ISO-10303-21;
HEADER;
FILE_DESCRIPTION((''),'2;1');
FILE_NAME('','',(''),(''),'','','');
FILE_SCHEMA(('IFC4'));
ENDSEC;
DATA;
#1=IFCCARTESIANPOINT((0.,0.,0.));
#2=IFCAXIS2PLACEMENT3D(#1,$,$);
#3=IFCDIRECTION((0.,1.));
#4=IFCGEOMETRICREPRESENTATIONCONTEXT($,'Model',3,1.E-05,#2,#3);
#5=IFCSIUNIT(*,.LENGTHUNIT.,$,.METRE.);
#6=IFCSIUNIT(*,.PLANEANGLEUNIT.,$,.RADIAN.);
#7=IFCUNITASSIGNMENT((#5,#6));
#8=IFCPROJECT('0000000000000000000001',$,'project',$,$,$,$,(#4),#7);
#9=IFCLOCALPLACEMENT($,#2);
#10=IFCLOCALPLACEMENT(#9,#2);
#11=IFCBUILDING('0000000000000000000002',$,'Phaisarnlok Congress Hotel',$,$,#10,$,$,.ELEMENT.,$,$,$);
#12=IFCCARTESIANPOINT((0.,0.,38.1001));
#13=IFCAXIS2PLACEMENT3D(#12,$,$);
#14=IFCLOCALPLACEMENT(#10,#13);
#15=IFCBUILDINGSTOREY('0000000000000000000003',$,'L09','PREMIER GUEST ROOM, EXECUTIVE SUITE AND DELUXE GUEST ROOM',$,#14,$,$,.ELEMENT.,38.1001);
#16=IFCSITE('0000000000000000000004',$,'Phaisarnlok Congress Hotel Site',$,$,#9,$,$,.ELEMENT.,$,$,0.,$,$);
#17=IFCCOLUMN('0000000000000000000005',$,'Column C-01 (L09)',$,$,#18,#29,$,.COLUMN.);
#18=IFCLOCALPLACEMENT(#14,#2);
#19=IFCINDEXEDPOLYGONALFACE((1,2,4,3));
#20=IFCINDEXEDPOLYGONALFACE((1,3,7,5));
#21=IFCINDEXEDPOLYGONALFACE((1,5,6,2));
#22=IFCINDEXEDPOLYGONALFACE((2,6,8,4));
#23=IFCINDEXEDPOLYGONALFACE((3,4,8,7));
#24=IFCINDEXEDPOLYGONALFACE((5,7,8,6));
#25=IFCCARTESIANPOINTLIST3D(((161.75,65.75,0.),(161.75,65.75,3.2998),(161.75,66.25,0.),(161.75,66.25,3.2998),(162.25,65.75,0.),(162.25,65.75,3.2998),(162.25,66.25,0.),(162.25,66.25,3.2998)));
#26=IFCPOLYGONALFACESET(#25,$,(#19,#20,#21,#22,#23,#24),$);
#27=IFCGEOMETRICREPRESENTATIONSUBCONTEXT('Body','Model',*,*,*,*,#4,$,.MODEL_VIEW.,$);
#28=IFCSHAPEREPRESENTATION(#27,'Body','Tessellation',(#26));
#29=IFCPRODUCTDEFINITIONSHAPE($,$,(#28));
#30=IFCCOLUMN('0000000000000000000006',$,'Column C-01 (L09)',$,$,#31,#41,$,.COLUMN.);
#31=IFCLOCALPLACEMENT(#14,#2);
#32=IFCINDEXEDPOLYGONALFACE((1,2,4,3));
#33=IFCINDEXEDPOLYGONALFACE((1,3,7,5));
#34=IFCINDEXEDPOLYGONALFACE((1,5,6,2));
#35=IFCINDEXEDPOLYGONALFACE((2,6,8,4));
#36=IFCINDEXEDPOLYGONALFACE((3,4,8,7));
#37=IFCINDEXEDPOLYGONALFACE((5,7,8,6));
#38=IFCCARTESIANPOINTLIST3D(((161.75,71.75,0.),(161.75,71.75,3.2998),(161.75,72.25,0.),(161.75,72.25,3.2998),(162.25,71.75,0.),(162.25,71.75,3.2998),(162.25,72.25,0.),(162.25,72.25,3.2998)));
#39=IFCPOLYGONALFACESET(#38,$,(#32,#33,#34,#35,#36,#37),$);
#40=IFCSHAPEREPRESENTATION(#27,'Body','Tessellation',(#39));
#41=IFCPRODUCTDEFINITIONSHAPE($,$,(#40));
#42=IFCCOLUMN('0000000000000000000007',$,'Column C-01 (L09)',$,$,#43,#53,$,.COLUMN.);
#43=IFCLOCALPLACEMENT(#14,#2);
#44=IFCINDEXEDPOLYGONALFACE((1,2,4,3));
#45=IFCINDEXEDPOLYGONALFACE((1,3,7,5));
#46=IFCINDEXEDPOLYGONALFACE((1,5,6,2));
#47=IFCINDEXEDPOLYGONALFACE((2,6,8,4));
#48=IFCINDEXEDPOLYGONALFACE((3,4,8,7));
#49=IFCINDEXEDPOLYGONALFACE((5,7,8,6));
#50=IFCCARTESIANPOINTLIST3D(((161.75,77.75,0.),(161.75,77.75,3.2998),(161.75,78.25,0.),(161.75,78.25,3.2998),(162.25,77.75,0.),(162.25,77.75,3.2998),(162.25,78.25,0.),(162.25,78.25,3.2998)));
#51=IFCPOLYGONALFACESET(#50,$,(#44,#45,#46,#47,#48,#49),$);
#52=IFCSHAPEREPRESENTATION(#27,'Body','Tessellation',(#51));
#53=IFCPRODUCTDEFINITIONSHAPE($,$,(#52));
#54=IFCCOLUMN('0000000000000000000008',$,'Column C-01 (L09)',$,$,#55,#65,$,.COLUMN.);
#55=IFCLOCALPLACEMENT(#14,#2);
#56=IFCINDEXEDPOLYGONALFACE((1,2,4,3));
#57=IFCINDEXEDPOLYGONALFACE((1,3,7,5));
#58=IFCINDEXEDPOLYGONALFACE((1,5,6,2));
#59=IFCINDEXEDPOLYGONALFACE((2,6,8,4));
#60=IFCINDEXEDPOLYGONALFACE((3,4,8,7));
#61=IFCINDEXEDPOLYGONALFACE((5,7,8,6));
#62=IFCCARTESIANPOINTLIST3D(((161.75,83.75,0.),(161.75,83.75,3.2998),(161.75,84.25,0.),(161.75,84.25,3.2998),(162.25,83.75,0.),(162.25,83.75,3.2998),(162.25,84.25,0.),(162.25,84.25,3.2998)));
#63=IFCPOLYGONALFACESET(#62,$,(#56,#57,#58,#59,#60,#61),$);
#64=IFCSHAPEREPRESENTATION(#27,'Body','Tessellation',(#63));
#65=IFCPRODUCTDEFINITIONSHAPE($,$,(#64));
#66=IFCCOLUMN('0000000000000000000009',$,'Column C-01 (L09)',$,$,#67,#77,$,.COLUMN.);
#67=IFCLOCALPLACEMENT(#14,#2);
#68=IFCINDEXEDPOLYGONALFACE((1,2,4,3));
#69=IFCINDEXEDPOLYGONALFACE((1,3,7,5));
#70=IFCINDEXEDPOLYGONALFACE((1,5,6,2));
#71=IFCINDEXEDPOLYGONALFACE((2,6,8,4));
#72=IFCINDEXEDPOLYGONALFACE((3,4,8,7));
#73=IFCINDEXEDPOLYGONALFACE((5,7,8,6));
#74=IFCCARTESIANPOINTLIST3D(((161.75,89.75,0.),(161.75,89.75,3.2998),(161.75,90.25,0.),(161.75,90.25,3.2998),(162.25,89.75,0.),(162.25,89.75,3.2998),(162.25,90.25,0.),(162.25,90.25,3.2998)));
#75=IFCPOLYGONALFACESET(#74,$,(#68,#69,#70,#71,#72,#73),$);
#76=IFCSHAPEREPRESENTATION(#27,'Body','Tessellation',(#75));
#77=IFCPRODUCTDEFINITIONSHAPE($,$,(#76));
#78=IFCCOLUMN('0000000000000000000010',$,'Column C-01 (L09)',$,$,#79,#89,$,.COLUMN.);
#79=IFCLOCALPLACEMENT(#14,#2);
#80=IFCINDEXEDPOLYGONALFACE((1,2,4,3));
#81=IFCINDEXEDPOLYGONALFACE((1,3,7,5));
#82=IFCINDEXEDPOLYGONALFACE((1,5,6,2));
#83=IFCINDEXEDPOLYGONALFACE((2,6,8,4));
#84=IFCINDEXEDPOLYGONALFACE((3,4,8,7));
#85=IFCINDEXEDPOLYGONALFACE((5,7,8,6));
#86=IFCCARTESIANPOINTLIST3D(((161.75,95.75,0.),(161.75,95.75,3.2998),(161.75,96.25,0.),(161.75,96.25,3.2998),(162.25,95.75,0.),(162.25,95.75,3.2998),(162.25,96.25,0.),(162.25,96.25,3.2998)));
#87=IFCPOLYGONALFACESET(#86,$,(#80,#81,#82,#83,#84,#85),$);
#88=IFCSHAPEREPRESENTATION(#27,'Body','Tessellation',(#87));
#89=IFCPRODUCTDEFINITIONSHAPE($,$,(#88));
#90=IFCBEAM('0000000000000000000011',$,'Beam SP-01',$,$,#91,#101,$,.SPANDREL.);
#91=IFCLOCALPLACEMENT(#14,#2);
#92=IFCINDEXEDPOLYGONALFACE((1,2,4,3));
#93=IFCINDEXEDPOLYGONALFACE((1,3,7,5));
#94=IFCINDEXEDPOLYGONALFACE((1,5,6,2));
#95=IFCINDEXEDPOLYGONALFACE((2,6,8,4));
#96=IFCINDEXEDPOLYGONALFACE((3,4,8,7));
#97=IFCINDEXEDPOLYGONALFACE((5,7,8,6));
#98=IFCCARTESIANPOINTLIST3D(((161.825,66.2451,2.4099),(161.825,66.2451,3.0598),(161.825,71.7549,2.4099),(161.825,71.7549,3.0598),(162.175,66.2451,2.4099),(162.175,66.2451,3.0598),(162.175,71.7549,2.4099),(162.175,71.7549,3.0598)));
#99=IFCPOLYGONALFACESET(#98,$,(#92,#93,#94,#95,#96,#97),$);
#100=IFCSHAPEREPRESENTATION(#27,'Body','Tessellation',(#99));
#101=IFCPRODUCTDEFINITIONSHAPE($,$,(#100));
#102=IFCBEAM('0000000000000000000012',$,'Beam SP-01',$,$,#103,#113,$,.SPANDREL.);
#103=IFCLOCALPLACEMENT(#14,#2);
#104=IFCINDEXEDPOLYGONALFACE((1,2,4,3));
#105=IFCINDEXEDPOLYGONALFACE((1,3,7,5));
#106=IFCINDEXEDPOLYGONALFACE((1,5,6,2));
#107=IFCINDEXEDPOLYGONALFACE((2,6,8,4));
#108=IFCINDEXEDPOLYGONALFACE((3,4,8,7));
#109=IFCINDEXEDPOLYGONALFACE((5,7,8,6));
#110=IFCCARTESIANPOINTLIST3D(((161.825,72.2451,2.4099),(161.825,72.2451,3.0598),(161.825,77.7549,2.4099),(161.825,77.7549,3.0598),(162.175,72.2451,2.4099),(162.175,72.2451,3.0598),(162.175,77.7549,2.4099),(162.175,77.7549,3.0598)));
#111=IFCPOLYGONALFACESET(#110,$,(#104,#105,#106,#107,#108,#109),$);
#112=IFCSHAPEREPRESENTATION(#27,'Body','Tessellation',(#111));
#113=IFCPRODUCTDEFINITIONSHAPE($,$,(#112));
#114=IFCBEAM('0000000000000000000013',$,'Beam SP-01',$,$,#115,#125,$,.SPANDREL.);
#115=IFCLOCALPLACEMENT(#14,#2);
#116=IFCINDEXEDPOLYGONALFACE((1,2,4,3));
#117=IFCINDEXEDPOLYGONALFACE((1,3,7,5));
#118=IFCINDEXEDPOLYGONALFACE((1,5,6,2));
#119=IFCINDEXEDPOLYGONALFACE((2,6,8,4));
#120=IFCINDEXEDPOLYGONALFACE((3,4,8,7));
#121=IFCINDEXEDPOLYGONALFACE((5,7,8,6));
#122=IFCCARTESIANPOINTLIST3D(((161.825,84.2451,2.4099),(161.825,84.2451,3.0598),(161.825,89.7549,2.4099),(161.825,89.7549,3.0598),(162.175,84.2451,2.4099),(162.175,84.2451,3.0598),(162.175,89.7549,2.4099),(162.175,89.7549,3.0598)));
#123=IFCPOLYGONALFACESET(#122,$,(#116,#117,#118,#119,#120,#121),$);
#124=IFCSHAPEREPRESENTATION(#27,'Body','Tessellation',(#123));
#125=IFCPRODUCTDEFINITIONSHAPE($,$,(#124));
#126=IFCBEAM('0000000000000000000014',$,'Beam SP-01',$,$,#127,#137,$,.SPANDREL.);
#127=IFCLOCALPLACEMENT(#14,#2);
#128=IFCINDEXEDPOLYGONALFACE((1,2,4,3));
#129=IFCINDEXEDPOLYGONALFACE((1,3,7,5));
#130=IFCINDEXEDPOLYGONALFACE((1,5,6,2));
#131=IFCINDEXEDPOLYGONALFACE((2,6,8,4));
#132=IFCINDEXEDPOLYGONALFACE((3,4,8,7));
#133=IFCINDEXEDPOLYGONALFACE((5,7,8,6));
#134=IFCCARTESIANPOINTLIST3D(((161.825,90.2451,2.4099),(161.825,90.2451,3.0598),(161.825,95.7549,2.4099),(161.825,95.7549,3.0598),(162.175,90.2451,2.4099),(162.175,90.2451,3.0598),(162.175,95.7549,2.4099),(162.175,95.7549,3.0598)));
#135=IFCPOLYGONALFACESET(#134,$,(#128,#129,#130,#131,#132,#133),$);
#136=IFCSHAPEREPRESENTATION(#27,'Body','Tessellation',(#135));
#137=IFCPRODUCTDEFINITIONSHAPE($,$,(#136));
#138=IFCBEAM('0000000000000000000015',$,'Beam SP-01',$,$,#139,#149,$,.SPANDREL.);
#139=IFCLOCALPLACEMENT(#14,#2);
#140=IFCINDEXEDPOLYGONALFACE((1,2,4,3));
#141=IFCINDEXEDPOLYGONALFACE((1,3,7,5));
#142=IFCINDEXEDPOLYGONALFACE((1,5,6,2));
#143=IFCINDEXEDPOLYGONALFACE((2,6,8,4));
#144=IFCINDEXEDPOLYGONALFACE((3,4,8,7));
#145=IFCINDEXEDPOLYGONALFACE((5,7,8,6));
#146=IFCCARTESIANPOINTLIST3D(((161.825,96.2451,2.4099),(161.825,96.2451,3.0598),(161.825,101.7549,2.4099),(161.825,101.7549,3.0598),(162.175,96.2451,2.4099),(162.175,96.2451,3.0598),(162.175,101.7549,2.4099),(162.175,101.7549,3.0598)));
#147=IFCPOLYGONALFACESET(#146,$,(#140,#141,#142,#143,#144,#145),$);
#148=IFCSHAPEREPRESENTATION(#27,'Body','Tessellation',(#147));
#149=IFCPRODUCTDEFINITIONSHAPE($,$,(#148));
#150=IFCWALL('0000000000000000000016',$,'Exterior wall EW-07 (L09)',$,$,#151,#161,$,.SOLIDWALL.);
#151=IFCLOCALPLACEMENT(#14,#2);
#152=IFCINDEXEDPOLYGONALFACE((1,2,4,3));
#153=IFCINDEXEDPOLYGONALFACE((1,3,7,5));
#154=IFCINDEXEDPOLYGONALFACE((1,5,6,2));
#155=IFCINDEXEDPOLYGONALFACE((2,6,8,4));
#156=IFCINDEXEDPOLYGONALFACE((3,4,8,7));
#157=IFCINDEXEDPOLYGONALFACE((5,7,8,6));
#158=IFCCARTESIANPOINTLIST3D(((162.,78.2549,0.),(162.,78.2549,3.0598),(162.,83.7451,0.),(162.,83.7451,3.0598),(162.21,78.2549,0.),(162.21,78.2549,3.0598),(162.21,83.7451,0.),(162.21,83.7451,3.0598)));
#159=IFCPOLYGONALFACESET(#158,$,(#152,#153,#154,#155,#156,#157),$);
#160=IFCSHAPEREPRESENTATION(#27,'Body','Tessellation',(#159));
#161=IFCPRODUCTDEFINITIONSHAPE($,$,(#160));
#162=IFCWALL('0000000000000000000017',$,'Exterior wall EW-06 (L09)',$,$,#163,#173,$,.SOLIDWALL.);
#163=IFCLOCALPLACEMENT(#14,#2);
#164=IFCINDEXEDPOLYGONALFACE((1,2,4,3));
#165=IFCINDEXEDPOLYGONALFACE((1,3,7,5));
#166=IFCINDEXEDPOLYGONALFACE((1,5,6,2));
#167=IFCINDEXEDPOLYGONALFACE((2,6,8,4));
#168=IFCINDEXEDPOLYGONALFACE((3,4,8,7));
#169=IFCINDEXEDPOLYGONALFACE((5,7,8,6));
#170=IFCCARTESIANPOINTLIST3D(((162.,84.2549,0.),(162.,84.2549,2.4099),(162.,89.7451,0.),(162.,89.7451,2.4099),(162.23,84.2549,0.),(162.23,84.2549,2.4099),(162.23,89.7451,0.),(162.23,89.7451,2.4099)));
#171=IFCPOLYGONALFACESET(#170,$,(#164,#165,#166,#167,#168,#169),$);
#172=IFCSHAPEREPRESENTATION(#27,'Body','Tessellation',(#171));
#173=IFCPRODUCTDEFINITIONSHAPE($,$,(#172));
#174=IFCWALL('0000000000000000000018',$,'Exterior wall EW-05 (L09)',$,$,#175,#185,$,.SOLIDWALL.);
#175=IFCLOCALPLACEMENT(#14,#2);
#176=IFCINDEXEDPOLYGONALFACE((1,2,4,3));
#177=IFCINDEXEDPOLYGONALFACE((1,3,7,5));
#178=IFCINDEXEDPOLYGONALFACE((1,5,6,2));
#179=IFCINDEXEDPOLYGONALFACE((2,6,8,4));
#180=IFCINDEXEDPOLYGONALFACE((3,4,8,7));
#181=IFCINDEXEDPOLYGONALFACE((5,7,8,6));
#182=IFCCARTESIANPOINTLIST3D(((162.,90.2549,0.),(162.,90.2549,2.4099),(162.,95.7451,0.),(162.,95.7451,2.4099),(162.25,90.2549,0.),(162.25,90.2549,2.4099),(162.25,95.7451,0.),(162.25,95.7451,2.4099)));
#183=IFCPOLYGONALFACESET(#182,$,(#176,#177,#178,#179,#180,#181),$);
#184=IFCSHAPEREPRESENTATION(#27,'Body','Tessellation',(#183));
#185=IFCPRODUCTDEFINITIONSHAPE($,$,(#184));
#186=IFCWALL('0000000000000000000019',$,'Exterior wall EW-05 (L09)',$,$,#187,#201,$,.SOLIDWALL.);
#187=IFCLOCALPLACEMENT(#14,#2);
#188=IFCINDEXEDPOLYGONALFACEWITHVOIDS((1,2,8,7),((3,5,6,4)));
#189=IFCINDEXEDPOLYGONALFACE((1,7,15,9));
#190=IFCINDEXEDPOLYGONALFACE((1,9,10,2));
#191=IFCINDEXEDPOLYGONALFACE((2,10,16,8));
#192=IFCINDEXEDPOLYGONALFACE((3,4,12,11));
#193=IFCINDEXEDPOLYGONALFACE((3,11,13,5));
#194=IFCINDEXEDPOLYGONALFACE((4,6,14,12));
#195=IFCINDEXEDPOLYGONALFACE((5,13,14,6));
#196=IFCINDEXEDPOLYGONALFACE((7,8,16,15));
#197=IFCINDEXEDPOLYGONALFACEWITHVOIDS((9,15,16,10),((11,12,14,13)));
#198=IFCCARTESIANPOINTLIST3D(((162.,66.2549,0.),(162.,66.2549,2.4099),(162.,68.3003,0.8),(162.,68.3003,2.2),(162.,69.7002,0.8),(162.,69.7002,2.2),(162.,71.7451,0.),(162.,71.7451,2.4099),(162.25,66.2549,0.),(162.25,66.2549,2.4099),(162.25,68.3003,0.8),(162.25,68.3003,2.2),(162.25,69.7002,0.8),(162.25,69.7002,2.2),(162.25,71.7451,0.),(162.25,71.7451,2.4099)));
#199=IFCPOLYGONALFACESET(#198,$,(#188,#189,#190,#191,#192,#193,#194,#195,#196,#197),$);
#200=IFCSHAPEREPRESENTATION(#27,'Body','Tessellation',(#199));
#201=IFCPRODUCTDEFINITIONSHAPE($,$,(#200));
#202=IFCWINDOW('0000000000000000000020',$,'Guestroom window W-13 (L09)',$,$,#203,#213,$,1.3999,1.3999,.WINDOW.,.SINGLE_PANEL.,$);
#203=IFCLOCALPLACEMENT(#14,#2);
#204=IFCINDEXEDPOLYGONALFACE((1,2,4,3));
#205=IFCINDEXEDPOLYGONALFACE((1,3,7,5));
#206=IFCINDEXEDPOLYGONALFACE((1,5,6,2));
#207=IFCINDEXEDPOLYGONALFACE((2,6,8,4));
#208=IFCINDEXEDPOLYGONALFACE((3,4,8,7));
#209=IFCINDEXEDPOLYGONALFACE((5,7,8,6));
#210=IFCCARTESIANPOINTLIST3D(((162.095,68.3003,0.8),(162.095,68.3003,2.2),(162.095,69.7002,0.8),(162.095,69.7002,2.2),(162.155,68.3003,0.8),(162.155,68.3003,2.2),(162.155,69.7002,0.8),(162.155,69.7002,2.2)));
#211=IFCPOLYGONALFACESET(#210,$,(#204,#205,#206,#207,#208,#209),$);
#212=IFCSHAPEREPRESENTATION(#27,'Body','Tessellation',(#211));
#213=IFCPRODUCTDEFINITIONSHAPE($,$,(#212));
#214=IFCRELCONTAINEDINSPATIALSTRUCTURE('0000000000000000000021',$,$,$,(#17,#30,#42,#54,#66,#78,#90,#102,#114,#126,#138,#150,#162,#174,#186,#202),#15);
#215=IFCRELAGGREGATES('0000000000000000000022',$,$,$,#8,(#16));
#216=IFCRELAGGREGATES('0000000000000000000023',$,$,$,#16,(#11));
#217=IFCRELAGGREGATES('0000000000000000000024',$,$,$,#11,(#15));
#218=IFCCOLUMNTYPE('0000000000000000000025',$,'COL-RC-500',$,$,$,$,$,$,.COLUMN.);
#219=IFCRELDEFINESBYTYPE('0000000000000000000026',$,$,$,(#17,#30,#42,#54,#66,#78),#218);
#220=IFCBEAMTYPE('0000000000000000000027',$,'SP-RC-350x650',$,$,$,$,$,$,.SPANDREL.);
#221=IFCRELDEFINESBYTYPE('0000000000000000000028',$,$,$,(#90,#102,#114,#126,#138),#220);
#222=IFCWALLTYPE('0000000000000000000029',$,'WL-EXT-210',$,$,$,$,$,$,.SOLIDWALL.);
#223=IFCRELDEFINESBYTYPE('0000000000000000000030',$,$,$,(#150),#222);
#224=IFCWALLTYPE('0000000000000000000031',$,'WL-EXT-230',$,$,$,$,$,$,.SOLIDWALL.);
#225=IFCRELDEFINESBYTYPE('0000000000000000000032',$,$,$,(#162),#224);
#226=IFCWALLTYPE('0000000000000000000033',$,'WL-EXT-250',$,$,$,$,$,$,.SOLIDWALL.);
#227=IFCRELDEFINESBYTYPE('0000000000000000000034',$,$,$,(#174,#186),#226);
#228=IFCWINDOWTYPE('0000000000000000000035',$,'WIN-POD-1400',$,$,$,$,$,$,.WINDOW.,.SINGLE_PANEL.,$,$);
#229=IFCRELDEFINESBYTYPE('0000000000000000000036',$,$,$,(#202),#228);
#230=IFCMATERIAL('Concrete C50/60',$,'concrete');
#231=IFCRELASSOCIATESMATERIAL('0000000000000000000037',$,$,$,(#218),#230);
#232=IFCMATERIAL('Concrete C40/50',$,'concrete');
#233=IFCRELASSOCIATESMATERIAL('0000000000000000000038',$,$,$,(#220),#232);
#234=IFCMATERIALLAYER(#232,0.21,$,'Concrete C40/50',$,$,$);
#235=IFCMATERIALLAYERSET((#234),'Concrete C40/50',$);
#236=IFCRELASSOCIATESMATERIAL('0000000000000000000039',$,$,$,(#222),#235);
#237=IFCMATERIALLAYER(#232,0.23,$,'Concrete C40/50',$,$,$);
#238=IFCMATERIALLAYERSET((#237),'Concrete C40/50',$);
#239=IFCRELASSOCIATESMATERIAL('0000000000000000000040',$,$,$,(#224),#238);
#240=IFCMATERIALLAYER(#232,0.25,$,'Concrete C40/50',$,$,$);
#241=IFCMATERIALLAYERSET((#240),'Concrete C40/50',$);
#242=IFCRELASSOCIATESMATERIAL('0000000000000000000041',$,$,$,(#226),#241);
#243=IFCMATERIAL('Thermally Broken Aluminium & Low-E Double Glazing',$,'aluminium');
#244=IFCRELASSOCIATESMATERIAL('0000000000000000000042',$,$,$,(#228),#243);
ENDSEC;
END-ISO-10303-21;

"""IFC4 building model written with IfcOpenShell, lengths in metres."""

from ifc_helpers import new_model, si_unit, direction, frame, frame_2d, origin, origin_2d, place, context, subcontext, project, spatial, rectangle, extrude, material, layer, layer_set, material_profile, profile_set, type_object, element, fill, save


model = new_model("IFC4")

# Units and contexts
model_context = context("Model", 3, precision=1e-05, world=origin(), true_north=direction((0.0, 1.0)))
body_context = subcontext(model_context, "Body", "Model", "MODEL_VIEW")
ifc_project = project(units=[si_unit("LENGTHUNIT", "METRE"), si_unit("PLANEANGLEUNIT", "RADIAN")], contexts=[model_context])

# Site, building, storey
site_placement = place(None, origin())
site = spatial("IfcSite", under=ifc_project, at=site_placement, Name="Phaisarnlok Congress Hotel Site", CompositionType="ELEMENT", RefElevation=0.0)
building_placement = place(site_placement, origin())
building = spatial("IfcBuilding", under=site, at=building_placement, Name="Phaisarnlok Congress Hotel", CompositionType="ELEMENT")
storey_placement = place(building_placement, frame((0.0, 0.0, 38.1001)))
storey = spatial("IfcBuildingStorey", under=building, at=storey_placement, Name="L09", Description="PREMIER GUEST ROOM, EXECUTIVE SUITE AND DELUXE GUEST ROOM", CompositionType="ELEMENT", Elevation=38.1001)

# Columns
ifc_material_1 = material(Name="Concrete C50/60", Category="concrete")
ifc_material_profile_1 = material_profile(ifc_material_1, rectangle(XDim=0.5, YDim=0.5, at=origin_2d()), Name="RC 500x500")
ifc_profile_set_1 = profile_set([ifc_material_profile_1], Name="Concrete C50/60")
column_type = type_object("IfcColumnType", Name="COL-RC-500", PredefinedType="COLUMN", material=ifc_profile_set_1)
for number, where, z_axis, x_axis, name in (
    (1, (162.0, 66.0, 0.0), (0.0, 0.0, 1.0), (1.0, 0.0, 0.0), "Column C-01 (L09)"),
    (2, (162.0, 72.0, 0.0), (0.0, 0.0, 1.0), (1.0, 0.0, 0.0), "Column C-01 (L09)"),
    (3, (162.0, 78.0, 0.0), (0.0, 0.0, 1.0), (1.0, 0.0, 0.0), "Column C-01 (L09)"),
    (4, (162.0, 84.0, 0.0), (0.0, 0.0, 1.0), (1.0, 0.0, 0.0), "Column C-01 (L09)"),
    (5, (162.0, 90.0, 0.0), (0.0, 0.0, 1.0), (1.0, 0.0, 0.0), "Column C-01 (L09)"),
    (6, (162.0, 96.0, 0.0), (0.0, 0.0, 1.0), (1.0, 0.0, 0.0), "Column C-01 (L09)"),
):
    element("IfcColumn", number, at=place(storey_placement, frame(where, z_axis=z_axis, x_axis=x_axis)), inside=storey, type_object=column_type, Name=name, PredefinedType="COLUMN", context=body_context, shape_type="SweptSolid", body=[
        extrude(rectangle(XDim=0.5, YDim=0.5, at=origin_2d()), origin(), (0.0, 0.0, 1.0), 3.2998),
    ])

# Beams
ifc_material_2 = material(Name="Concrete C40/50", Category="concrete")
ifc_material_profile_2 = material_profile(ifc_material_2, rectangle(XDim=0.3501, YDim=0.6499, at=origin_2d()), Name="RC 350x650")
ifc_profile_set_2 = profile_set([ifc_material_profile_2], Name="Concrete C40/50")
beam_type = type_object("IfcBeamType", Name="SP-RC-350x650", PredefinedType="SPANDREL", material=ifc_profile_set_2)
for number, where, z_axis, x_axis, name in (
    (7, (162.0, 66.2451, 2.7349), (0.0, 1.0, 0.0), (-1.0, 0.0, 0.0), "Beam SP-01"),
    (8, (162.0, 72.2451, 2.7349), (0.0, 1.0, 0.0), (-1.0, 0.0, 0.0), "Beam SP-01"),
    (9, (162.0, 84.2451, 2.7349), (0.0, 1.0, 0.0), (-1.0, 0.0, 0.0), "Beam SP-01"),
    (10, (162.0, 90.2451, 2.7349), (0.0, 1.0, 0.0), (-1.0, 0.0, 0.0), "Beam SP-01"),
    (11, (162.0, 96.2451, 2.7349), (0.0, 1.0, 0.0), (-1.0, 0.0, 0.0), "Beam SP-01"),
):
    element("IfcBeam", number, at=place(storey_placement, frame(where, z_axis=z_axis, x_axis=x_axis)), inside=storey, type_object=beam_type, Name=name, PredefinedType="SPANDREL", context=body_context, shape_type="SweptSolid", body=[
        extrude(rectangle(XDim=0.3501, YDim=0.6499, at=origin_2d()), origin(), (0.0, 0.0, 1.0), 5.5098),
    ])

# Walls
ifc_layer_1 = layer(ifc_material_2, 0.21, Name="Concrete C40/50")
ifc_layer_set_1 = layer_set([ifc_layer_1], Name="Concrete C40/50")
wall_type_1 = type_object("IfcWallType", Name="WL-EXT-210", PredefinedType="SOLIDWALL", material=ifc_layer_set_1)
wall_1_placement = place(storey_placement, frame((162.105, 83.7451, 0.0), z_axis=(0.0, 0.0, 1.0), x_axis=(0.0, -1.0, 0.0)))
element("IfcWall", 12, at=wall_1_placement, inside=storey, type_object=wall_type_1, Name="Exterior wall EW-07 (L09)", PredefinedType="SOLIDWALL", context=body_context, shape_type="SweptSolid", body=[
    extrude(rectangle(XDim=5.4902, YDim=0.21, at=frame_2d((2.7451, 0.0))), origin(), (0.0, 0.0, 1.0), 3.0598),
])
ifc_layer_2 = layer(ifc_material_2, 0.23, Name="Concrete C40/50")
ifc_layer_set_2 = layer_set([ifc_layer_2], Name="Concrete C40/50")
wall_type_2 = type_object("IfcWallType", Name="WL-EXT-230", PredefinedType="SOLIDWALL", material=ifc_layer_set_2)
wall_2_placement = place(storey_placement, frame((162.115, 89.7451, 0.0), z_axis=(0.0, 0.0, 1.0), x_axis=(0.0, -1.0, 0.0)))
element("IfcWall", 13, at=wall_2_placement, inside=storey, type_object=wall_type_2, Name="Exterior wall EW-06 (L09)", PredefinedType="SOLIDWALL", context=body_context, shape_type="SweptSolid", body=[
    extrude(rectangle(XDim=5.4902, YDim=0.23, at=frame_2d((2.7451, 0.0))), origin(), (0.0, 0.0, 1.0), 2.4099),
])
ifc_layer_3 = layer(ifc_material_2, 0.25, Name="Concrete C40/50")
ifc_layer_set_3 = layer_set([ifc_layer_3], Name="Concrete C40/50")
wall_type_3 = type_object("IfcWallType", Name="WL-EXT-250", PredefinedType="SOLIDWALL", material=ifc_layer_set_3)
wall_3_placement = place(storey_placement, frame((162.125, 95.7451, 0.0), z_axis=(0.0, 0.0, 1.0), x_axis=(0.0, -1.0, 0.0)))
element("IfcWall", 14, at=wall_3_placement, inside=storey, type_object=wall_type_3, Name="Exterior wall EW-05 (L09)", PredefinedType="SOLIDWALL", context=body_context, shape_type="SweptSolid", body=[
    extrude(rectangle(XDim=5.4902, YDim=0.25, at=frame_2d((2.7451, 0.0))), origin(), (0.0, 0.0, 1.0), 2.4099),
])

# Wall, opening, window
wall_4_placement = place(storey_placement, frame((162.125, 71.7451, 0.0), z_axis=(0.0, 0.0, 1.0), x_axis=(0.0, -1.0, 0.0)))
wall_4 = element("IfcWall", 15, at=wall_4_placement, inside=storey, type_object=wall_type_3, Name="Exterior wall EW-05 (L09)", PredefinedType="SOLIDWALL", context=body_context, shape_type="SweptSolid", body=[
    extrude(rectangle(XDim=5.4902, YDim=0.25, at=frame_2d((2.7451, 0.0))), origin(), (0.0, 0.0, 1.0), 2.4099),
])
opening_placement = place(wall_4_placement, frame((2.0449, 0.0, 0.8)))
opening = element("IfcOpeningElement", 16, at=opening_placement, cuts=wall_4, PredefinedType="OPENING", context=body_context, shape_type="SweptSolid", body=[
    extrude(rectangle(XDim=1.3999, YDim=1.3999, at=frame_2d((0.7, 0.7))), frame((0.0, 0.135, 0.0), z_axis=(0.0, -1.0, 0.0), x_axis=(1.0, 0.0, 0.0)), (0.0, 0.0, 1.0), 0.27),
])
ifc_material_3 = material(Name="Thermally Broken Aluminium & Low-E Double Glazing", Category="aluminium")
window_type = type_object("IfcWindowType", Name="WIN-POD-1400", PartitioningType="SINGLE_PANEL", PredefinedType="WINDOW", material=ifc_material_3)
window_placement = place(opening_placement, origin())
window = element("IfcWindow", 17, at=window_placement, inside=storey, type_object=window_type, Name="Guestroom window W-13 (L09)", OverallHeight=1.3999, OverallWidth=1.3999, PartitioningType="SINGLE_PANEL", PredefinedType="WINDOW", context=body_context, shape_type="SweptSolid", body=[
    extrude(rectangle(XDim=1.3999, YDim=1.3999, at=frame_2d((0.7, 0.7))), frame((0.0, 0.03, 0.0), z_axis=(0.0, -1.0, 0.0), x_axis=(1.0, 0.0, 0.0)), (0.0, 0.0, 1.0), 0.0601),
])
fill(opening, window)

save(model, "model.ifc")
